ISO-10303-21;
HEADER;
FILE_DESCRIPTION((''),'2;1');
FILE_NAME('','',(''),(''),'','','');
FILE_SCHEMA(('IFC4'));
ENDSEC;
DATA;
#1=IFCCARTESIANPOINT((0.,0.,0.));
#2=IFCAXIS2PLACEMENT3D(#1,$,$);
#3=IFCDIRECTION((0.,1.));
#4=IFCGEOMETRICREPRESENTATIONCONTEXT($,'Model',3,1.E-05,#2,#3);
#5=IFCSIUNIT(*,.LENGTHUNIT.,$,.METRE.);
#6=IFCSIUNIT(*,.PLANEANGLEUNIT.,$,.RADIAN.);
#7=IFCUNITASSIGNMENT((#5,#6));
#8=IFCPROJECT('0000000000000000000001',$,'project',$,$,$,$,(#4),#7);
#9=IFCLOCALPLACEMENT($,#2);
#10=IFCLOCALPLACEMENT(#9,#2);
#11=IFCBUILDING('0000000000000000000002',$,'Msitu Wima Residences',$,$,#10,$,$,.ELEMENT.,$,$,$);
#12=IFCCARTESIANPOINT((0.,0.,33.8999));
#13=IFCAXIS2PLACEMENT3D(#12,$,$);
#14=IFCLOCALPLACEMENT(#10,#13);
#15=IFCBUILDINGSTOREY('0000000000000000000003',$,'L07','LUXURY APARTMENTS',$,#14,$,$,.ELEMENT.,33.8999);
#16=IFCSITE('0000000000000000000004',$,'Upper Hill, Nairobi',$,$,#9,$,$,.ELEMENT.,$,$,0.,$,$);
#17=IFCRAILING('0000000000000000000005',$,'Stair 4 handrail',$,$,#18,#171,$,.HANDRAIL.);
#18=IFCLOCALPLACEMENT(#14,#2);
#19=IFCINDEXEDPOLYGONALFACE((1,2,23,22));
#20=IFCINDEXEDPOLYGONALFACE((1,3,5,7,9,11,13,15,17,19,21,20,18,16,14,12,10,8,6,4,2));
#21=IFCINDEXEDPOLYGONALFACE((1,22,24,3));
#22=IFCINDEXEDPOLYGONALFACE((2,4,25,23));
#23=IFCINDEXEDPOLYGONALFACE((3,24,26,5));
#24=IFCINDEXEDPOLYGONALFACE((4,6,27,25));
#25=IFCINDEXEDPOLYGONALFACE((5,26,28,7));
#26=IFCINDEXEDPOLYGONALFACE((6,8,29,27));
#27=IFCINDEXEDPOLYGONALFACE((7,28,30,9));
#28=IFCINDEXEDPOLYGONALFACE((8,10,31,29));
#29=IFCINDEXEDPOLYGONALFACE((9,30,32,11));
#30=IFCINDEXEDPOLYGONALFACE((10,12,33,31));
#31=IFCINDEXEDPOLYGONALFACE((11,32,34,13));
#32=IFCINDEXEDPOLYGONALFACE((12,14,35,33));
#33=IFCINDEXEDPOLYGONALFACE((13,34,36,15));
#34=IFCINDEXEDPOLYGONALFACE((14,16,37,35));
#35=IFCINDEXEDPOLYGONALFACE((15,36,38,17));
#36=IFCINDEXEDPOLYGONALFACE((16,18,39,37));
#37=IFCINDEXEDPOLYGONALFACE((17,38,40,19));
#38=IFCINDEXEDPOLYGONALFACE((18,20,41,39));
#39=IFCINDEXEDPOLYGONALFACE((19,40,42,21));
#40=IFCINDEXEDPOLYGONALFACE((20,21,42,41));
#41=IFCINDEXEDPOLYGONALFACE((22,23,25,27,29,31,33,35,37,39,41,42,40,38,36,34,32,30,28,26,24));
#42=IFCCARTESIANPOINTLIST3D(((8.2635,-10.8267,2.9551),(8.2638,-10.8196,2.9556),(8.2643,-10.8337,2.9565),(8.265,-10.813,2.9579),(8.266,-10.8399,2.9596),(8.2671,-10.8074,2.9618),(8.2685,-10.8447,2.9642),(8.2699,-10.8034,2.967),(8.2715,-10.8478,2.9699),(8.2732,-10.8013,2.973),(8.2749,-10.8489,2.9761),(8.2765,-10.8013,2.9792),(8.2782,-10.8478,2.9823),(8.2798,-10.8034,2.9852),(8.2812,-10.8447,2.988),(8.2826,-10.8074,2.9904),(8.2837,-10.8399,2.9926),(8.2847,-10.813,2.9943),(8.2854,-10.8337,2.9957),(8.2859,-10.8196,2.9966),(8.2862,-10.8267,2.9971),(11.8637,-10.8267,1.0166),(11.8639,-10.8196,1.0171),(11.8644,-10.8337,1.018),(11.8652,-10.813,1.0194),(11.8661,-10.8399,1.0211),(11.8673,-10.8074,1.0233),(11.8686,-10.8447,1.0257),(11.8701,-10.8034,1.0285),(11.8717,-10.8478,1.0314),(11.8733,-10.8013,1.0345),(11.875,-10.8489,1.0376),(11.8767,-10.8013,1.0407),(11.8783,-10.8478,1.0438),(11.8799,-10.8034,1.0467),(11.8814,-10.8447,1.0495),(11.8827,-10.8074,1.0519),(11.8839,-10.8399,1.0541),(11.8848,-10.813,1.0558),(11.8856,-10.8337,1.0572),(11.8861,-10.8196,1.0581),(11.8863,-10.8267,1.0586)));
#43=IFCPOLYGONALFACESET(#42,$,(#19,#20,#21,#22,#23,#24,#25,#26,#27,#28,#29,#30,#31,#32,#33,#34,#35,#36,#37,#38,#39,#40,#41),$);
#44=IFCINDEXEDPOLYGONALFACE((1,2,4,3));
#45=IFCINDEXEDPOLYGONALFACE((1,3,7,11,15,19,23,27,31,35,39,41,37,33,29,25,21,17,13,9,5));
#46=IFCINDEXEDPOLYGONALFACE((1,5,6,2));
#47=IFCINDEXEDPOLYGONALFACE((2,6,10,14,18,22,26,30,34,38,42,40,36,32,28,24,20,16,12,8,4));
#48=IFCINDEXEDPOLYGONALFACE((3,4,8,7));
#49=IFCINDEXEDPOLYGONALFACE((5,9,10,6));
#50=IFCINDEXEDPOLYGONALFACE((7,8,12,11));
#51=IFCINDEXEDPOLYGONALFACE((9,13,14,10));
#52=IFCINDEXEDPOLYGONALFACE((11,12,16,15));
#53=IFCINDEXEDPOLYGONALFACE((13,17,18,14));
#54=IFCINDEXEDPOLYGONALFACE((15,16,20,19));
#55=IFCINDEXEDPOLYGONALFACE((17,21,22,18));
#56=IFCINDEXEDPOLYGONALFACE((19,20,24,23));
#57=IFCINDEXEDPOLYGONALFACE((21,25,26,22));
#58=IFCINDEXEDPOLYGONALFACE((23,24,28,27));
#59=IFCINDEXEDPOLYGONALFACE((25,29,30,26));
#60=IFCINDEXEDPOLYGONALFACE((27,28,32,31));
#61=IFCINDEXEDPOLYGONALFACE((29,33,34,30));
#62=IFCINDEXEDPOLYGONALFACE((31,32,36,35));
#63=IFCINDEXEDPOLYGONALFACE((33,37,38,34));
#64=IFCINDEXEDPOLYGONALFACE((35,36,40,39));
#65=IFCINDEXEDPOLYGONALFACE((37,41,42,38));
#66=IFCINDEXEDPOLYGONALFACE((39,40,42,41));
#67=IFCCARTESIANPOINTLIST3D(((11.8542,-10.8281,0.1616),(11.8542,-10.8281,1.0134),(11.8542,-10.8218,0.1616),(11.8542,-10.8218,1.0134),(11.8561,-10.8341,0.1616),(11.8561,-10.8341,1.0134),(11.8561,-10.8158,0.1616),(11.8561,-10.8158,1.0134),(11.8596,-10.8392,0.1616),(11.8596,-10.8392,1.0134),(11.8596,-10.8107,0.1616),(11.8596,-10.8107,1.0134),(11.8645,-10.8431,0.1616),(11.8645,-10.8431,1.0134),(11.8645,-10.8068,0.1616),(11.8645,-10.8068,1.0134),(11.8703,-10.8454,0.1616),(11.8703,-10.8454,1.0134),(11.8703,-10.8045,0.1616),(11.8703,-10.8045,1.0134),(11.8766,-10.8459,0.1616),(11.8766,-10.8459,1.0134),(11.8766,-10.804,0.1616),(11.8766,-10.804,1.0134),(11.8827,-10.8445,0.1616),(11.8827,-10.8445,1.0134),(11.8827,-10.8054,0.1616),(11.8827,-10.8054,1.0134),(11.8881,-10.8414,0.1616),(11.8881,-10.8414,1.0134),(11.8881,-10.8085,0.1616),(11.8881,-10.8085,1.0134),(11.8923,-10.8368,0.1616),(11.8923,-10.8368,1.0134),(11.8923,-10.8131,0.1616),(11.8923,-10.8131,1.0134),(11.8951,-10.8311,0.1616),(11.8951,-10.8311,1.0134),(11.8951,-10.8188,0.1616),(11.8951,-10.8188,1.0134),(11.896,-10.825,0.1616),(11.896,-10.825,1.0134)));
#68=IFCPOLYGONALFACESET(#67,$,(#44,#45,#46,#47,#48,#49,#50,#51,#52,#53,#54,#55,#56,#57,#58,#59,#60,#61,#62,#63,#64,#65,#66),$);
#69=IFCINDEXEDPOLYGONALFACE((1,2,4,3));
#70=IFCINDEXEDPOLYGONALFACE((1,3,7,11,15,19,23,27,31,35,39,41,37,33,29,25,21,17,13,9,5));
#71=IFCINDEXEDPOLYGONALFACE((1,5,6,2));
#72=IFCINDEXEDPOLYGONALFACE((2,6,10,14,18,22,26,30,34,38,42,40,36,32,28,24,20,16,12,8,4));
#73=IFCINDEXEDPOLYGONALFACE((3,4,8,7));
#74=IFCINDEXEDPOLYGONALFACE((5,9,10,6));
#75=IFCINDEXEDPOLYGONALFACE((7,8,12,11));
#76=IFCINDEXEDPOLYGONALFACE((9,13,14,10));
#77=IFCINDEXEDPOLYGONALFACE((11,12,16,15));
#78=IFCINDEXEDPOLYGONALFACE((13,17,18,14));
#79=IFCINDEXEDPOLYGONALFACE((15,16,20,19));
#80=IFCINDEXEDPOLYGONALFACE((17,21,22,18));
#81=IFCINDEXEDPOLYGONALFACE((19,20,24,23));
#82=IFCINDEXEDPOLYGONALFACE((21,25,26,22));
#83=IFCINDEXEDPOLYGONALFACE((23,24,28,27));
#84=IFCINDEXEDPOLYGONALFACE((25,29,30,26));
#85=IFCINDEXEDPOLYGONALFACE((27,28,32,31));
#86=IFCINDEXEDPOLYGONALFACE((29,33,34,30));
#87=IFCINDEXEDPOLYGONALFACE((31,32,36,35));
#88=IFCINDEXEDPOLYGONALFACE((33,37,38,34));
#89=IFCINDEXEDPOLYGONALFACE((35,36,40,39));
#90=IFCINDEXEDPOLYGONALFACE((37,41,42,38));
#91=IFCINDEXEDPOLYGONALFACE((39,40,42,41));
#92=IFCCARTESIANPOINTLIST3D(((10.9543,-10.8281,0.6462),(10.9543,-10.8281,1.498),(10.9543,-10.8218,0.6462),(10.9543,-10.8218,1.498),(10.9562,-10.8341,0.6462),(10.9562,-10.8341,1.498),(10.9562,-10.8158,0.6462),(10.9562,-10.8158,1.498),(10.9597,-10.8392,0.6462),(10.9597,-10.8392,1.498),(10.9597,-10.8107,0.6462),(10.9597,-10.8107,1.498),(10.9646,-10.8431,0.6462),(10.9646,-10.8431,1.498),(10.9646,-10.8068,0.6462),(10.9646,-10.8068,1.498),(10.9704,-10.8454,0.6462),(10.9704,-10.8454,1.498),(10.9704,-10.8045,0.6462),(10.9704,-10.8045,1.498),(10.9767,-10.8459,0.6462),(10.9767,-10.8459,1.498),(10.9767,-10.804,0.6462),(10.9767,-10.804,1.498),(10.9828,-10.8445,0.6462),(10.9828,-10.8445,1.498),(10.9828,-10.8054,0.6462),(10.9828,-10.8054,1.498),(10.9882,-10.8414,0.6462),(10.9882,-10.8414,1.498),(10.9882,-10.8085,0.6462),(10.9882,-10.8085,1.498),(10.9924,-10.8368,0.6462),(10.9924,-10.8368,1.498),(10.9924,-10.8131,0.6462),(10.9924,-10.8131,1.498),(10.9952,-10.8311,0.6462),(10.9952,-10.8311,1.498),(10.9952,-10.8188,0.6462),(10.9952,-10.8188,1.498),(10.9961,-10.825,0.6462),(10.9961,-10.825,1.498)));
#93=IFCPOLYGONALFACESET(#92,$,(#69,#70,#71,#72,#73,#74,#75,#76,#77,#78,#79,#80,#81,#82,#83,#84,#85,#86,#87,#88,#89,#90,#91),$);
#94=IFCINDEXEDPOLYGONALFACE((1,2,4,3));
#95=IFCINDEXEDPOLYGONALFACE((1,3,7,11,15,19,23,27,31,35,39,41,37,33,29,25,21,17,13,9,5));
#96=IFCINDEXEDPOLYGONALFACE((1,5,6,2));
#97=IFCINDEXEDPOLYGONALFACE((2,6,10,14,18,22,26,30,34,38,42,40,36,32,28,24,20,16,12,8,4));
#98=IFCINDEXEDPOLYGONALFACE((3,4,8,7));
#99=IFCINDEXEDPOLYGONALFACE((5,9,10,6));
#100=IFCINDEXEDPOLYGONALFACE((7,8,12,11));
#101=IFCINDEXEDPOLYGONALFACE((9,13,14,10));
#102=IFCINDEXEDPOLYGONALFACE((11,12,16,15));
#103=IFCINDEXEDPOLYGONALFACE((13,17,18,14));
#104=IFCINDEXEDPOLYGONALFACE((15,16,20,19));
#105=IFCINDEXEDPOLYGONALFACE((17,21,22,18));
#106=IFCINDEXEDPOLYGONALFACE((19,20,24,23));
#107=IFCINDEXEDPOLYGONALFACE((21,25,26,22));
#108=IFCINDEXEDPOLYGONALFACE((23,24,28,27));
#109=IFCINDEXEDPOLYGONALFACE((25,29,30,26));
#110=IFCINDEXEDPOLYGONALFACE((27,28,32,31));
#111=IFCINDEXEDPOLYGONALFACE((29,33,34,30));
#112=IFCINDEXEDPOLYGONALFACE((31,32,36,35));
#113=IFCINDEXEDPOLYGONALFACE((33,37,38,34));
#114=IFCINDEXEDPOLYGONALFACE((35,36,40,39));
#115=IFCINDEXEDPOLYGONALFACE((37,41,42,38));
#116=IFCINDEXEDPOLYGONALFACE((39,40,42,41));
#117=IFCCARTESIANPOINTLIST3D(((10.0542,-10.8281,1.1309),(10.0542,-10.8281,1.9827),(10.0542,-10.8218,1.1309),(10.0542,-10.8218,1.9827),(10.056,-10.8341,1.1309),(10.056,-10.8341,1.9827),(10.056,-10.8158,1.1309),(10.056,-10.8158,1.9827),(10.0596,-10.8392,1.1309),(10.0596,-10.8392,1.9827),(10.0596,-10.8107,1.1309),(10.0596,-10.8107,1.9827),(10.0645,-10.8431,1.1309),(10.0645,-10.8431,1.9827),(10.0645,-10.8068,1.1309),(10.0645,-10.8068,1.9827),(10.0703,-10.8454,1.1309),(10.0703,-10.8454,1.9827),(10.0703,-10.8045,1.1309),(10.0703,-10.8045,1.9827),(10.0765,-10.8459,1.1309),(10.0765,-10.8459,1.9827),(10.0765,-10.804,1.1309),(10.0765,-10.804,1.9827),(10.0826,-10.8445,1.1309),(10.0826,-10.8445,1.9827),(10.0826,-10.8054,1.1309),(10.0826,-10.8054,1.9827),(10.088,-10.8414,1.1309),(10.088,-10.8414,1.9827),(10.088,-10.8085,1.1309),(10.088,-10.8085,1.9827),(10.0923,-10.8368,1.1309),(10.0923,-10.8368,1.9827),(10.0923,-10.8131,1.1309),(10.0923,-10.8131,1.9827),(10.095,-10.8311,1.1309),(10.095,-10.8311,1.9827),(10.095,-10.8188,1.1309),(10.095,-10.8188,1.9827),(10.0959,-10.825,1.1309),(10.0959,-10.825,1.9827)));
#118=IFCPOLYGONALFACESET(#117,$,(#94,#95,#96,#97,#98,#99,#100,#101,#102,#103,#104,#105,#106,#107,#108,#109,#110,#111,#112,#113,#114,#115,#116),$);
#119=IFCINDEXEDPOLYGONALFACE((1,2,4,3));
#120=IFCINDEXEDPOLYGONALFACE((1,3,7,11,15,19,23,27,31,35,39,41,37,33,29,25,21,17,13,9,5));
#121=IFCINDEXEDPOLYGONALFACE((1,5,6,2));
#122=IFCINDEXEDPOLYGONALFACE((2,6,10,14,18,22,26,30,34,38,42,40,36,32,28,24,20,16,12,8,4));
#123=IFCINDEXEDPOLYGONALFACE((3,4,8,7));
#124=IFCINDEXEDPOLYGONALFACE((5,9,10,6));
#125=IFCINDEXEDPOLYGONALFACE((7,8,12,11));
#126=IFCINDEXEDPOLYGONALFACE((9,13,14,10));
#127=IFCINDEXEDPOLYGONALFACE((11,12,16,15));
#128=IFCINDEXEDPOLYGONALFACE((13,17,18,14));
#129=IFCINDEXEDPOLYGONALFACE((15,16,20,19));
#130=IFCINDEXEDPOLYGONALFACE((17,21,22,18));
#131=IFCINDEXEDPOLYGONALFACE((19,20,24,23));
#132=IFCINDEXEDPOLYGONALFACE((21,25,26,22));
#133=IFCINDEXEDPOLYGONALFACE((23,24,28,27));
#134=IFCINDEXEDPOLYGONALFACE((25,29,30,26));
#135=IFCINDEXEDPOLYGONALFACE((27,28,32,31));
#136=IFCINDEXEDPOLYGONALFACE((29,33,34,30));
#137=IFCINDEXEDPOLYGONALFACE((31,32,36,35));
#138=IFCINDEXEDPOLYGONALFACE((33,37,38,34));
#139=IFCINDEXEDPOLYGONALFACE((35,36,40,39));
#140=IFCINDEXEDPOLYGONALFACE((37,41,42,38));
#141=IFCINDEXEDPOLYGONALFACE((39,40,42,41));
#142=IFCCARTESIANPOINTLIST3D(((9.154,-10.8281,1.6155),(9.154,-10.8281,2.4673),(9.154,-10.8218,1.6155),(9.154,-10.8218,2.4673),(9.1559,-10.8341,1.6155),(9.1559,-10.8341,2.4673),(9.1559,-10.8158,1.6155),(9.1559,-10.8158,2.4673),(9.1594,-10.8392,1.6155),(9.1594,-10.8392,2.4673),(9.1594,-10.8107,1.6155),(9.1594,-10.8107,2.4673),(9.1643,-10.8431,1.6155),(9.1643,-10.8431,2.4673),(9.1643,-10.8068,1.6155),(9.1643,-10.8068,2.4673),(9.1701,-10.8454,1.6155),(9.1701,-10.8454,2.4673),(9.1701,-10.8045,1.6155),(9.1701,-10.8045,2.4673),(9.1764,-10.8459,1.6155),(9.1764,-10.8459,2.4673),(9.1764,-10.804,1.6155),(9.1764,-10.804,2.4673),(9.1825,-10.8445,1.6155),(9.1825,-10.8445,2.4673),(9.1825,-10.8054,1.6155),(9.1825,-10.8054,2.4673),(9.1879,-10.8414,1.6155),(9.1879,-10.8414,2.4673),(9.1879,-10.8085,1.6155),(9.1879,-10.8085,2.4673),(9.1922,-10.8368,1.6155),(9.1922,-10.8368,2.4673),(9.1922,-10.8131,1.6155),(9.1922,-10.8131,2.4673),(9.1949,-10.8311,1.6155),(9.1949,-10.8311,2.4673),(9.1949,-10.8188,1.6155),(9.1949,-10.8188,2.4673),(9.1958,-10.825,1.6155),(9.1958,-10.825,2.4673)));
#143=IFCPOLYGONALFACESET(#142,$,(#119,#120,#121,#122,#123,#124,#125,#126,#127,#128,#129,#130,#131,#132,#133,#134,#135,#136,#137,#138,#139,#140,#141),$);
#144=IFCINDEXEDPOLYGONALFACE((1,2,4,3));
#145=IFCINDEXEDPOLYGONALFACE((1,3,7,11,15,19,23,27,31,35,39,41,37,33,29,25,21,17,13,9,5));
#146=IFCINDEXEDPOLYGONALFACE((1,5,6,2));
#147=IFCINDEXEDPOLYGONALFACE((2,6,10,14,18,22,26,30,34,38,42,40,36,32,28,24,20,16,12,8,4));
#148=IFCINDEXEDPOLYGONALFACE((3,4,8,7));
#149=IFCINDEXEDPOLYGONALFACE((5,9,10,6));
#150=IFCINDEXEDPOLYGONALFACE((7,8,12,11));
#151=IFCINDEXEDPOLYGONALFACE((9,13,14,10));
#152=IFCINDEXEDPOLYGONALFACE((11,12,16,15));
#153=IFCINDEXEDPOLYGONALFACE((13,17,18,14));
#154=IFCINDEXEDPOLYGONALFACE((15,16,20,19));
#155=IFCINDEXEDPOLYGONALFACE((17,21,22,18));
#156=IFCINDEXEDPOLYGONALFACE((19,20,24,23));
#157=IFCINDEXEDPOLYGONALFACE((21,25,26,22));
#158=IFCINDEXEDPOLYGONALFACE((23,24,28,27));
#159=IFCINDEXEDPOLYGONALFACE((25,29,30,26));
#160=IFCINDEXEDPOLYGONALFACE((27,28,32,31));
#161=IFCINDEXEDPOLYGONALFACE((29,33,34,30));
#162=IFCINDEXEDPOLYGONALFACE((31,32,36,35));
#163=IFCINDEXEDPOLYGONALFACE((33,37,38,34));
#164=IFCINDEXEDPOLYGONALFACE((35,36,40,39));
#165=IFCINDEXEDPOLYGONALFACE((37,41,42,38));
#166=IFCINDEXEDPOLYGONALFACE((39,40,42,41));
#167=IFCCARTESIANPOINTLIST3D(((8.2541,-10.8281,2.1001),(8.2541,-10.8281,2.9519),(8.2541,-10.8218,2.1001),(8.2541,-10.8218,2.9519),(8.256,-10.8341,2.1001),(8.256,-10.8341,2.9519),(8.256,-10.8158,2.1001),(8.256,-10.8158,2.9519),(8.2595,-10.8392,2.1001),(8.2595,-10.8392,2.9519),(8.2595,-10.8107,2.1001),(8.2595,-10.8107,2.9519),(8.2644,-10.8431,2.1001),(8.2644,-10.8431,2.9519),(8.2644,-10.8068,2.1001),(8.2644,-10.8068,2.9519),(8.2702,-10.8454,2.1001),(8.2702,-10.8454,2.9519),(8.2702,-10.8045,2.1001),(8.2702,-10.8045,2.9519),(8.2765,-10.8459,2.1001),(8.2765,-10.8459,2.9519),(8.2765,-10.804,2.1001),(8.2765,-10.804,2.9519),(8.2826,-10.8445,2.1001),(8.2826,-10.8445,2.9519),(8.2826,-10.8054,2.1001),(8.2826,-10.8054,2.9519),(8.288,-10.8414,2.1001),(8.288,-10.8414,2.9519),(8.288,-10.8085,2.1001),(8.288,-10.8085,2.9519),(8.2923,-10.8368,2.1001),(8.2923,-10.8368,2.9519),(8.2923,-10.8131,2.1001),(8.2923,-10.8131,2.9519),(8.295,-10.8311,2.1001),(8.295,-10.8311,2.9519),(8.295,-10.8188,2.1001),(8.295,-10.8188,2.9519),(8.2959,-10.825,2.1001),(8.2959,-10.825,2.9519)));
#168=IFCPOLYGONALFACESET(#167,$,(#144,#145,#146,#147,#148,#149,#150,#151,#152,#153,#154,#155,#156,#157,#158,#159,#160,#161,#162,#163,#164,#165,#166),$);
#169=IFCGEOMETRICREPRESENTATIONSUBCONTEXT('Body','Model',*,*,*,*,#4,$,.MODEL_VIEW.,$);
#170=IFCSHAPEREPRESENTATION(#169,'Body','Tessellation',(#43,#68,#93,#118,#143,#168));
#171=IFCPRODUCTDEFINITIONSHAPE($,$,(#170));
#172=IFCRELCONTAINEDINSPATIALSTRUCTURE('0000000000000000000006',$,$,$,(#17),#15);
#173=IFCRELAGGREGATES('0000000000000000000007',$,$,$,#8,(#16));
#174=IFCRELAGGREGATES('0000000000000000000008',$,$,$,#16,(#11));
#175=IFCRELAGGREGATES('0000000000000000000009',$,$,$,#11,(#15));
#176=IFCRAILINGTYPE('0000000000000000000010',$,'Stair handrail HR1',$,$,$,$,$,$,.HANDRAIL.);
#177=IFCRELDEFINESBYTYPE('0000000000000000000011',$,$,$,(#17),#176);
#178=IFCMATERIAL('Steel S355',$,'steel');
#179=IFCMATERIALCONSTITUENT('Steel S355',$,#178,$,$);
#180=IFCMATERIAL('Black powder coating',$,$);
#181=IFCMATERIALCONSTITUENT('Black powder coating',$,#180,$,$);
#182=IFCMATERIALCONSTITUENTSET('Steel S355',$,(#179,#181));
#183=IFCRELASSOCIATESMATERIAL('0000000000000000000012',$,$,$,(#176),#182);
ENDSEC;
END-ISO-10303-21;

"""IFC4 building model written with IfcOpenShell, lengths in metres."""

from ifc_helpers import new_model, si_unit, direction, frame, origin, origin_2d, place, context, subcontext, project, spatial, circle, extrude, material, constituent, constituent_set, type_object, element, save


model = new_model("IFC4")

# Units and contexts
model_context = context("Model", 3, precision=1e-05, world=origin(), true_north=direction((0.0, 1.0)))
body_context = subcontext(model_context, "Body", "Model", "MODEL_VIEW")
ifc_project = project(units=[si_unit("LENGTHUNIT", "METRE"), si_unit("PLANEANGLEUNIT", "RADIAN")], contexts=[model_context])

# Site, building, storey
site_placement = place(None, origin())
site = spatial("IfcSite", under=ifc_project, at=site_placement, Name="Upper Hill, Nairobi", CompositionType="ELEMENT", RefElevation=0.0)
building_placement = place(site_placement, origin())
building = spatial("IfcBuilding", under=site, at=building_placement, Name="Msitu Wima Residences", CompositionType="ELEMENT")
storey_placement = place(building_placement, frame((0.0, 0.0, 33.8999)))
storey = spatial("IfcBuildingStorey", under=building, at=storey_placement, Name="L07", Description="LUXURY APARTMENTS", CompositionType="ELEMENT", Elevation=33.8999)

# Railing
ifc_material_1 = material(Name="Steel S355", Category="steel")
ifc_constituent_1 = constituent(ifc_material_1, Name="Steel S355")
ifc_material_2 = material(Name="Black powder coating")
ifc_constituent_2 = constituent(ifc_material_2, Name="Black powder coating")
ifc_constituent_set = constituent_set(constituents=[ifc_constituent_1, ifc_constituent_2], Name="Steel S355")
railing_type = type_object("IfcRailingType", Name="Stair handrail HR1", PredefinedType="HANDRAIL", material=ifc_constituent_set)
for number, where, name in (
    (1, (11.875, -10.825, 0.1616), "Stair 4 handrail"),
):
    element("IfcRailing", number, at=place(storey_placement, frame(where)), inside=storey, type_object=railing_type, Name=name, PredefinedType="HANDRAIL", context=body_context, shape_type="SweptSolid", body=[
        extrude(circle(Radius=0.0239, at=origin_2d()), frame((0.0, 0.0, 0.876), z_axis=(-0.880475, 0.0, 0.474093), x_axis=(0.0, -1.0, 0.0)), (0.0, 0.0, 1.0), 4.0889),
        extrude(circle(Radius=0.021, at=origin_2d()), origin(), (0.0, 0.0, 1.0), 0.8518),
        extrude(circle(Radius=0.021, at=origin_2d()), frame((-0.8999, 0.0, 0.4846)), (0.0, 0.0, 1.0), 0.8518),
        extrude(circle(Radius=0.021, at=origin_2d()), frame((-1.8, 0.0, 0.9692)), (0.0, 0.0, 1.0), 0.8518),
        extrude(circle(Radius=0.021, at=origin_2d()), frame((-2.7002, 0.0, 1.4539)), (0.0, 0.0, 1.0), 0.8518),
        extrude(circle(Radius=0.021, at=origin_2d()), frame((-3.6001, 0.0, 1.9385)), (0.0, 0.0, 1.0), 0.8518),
    ])

save(model, "model.ifc")
